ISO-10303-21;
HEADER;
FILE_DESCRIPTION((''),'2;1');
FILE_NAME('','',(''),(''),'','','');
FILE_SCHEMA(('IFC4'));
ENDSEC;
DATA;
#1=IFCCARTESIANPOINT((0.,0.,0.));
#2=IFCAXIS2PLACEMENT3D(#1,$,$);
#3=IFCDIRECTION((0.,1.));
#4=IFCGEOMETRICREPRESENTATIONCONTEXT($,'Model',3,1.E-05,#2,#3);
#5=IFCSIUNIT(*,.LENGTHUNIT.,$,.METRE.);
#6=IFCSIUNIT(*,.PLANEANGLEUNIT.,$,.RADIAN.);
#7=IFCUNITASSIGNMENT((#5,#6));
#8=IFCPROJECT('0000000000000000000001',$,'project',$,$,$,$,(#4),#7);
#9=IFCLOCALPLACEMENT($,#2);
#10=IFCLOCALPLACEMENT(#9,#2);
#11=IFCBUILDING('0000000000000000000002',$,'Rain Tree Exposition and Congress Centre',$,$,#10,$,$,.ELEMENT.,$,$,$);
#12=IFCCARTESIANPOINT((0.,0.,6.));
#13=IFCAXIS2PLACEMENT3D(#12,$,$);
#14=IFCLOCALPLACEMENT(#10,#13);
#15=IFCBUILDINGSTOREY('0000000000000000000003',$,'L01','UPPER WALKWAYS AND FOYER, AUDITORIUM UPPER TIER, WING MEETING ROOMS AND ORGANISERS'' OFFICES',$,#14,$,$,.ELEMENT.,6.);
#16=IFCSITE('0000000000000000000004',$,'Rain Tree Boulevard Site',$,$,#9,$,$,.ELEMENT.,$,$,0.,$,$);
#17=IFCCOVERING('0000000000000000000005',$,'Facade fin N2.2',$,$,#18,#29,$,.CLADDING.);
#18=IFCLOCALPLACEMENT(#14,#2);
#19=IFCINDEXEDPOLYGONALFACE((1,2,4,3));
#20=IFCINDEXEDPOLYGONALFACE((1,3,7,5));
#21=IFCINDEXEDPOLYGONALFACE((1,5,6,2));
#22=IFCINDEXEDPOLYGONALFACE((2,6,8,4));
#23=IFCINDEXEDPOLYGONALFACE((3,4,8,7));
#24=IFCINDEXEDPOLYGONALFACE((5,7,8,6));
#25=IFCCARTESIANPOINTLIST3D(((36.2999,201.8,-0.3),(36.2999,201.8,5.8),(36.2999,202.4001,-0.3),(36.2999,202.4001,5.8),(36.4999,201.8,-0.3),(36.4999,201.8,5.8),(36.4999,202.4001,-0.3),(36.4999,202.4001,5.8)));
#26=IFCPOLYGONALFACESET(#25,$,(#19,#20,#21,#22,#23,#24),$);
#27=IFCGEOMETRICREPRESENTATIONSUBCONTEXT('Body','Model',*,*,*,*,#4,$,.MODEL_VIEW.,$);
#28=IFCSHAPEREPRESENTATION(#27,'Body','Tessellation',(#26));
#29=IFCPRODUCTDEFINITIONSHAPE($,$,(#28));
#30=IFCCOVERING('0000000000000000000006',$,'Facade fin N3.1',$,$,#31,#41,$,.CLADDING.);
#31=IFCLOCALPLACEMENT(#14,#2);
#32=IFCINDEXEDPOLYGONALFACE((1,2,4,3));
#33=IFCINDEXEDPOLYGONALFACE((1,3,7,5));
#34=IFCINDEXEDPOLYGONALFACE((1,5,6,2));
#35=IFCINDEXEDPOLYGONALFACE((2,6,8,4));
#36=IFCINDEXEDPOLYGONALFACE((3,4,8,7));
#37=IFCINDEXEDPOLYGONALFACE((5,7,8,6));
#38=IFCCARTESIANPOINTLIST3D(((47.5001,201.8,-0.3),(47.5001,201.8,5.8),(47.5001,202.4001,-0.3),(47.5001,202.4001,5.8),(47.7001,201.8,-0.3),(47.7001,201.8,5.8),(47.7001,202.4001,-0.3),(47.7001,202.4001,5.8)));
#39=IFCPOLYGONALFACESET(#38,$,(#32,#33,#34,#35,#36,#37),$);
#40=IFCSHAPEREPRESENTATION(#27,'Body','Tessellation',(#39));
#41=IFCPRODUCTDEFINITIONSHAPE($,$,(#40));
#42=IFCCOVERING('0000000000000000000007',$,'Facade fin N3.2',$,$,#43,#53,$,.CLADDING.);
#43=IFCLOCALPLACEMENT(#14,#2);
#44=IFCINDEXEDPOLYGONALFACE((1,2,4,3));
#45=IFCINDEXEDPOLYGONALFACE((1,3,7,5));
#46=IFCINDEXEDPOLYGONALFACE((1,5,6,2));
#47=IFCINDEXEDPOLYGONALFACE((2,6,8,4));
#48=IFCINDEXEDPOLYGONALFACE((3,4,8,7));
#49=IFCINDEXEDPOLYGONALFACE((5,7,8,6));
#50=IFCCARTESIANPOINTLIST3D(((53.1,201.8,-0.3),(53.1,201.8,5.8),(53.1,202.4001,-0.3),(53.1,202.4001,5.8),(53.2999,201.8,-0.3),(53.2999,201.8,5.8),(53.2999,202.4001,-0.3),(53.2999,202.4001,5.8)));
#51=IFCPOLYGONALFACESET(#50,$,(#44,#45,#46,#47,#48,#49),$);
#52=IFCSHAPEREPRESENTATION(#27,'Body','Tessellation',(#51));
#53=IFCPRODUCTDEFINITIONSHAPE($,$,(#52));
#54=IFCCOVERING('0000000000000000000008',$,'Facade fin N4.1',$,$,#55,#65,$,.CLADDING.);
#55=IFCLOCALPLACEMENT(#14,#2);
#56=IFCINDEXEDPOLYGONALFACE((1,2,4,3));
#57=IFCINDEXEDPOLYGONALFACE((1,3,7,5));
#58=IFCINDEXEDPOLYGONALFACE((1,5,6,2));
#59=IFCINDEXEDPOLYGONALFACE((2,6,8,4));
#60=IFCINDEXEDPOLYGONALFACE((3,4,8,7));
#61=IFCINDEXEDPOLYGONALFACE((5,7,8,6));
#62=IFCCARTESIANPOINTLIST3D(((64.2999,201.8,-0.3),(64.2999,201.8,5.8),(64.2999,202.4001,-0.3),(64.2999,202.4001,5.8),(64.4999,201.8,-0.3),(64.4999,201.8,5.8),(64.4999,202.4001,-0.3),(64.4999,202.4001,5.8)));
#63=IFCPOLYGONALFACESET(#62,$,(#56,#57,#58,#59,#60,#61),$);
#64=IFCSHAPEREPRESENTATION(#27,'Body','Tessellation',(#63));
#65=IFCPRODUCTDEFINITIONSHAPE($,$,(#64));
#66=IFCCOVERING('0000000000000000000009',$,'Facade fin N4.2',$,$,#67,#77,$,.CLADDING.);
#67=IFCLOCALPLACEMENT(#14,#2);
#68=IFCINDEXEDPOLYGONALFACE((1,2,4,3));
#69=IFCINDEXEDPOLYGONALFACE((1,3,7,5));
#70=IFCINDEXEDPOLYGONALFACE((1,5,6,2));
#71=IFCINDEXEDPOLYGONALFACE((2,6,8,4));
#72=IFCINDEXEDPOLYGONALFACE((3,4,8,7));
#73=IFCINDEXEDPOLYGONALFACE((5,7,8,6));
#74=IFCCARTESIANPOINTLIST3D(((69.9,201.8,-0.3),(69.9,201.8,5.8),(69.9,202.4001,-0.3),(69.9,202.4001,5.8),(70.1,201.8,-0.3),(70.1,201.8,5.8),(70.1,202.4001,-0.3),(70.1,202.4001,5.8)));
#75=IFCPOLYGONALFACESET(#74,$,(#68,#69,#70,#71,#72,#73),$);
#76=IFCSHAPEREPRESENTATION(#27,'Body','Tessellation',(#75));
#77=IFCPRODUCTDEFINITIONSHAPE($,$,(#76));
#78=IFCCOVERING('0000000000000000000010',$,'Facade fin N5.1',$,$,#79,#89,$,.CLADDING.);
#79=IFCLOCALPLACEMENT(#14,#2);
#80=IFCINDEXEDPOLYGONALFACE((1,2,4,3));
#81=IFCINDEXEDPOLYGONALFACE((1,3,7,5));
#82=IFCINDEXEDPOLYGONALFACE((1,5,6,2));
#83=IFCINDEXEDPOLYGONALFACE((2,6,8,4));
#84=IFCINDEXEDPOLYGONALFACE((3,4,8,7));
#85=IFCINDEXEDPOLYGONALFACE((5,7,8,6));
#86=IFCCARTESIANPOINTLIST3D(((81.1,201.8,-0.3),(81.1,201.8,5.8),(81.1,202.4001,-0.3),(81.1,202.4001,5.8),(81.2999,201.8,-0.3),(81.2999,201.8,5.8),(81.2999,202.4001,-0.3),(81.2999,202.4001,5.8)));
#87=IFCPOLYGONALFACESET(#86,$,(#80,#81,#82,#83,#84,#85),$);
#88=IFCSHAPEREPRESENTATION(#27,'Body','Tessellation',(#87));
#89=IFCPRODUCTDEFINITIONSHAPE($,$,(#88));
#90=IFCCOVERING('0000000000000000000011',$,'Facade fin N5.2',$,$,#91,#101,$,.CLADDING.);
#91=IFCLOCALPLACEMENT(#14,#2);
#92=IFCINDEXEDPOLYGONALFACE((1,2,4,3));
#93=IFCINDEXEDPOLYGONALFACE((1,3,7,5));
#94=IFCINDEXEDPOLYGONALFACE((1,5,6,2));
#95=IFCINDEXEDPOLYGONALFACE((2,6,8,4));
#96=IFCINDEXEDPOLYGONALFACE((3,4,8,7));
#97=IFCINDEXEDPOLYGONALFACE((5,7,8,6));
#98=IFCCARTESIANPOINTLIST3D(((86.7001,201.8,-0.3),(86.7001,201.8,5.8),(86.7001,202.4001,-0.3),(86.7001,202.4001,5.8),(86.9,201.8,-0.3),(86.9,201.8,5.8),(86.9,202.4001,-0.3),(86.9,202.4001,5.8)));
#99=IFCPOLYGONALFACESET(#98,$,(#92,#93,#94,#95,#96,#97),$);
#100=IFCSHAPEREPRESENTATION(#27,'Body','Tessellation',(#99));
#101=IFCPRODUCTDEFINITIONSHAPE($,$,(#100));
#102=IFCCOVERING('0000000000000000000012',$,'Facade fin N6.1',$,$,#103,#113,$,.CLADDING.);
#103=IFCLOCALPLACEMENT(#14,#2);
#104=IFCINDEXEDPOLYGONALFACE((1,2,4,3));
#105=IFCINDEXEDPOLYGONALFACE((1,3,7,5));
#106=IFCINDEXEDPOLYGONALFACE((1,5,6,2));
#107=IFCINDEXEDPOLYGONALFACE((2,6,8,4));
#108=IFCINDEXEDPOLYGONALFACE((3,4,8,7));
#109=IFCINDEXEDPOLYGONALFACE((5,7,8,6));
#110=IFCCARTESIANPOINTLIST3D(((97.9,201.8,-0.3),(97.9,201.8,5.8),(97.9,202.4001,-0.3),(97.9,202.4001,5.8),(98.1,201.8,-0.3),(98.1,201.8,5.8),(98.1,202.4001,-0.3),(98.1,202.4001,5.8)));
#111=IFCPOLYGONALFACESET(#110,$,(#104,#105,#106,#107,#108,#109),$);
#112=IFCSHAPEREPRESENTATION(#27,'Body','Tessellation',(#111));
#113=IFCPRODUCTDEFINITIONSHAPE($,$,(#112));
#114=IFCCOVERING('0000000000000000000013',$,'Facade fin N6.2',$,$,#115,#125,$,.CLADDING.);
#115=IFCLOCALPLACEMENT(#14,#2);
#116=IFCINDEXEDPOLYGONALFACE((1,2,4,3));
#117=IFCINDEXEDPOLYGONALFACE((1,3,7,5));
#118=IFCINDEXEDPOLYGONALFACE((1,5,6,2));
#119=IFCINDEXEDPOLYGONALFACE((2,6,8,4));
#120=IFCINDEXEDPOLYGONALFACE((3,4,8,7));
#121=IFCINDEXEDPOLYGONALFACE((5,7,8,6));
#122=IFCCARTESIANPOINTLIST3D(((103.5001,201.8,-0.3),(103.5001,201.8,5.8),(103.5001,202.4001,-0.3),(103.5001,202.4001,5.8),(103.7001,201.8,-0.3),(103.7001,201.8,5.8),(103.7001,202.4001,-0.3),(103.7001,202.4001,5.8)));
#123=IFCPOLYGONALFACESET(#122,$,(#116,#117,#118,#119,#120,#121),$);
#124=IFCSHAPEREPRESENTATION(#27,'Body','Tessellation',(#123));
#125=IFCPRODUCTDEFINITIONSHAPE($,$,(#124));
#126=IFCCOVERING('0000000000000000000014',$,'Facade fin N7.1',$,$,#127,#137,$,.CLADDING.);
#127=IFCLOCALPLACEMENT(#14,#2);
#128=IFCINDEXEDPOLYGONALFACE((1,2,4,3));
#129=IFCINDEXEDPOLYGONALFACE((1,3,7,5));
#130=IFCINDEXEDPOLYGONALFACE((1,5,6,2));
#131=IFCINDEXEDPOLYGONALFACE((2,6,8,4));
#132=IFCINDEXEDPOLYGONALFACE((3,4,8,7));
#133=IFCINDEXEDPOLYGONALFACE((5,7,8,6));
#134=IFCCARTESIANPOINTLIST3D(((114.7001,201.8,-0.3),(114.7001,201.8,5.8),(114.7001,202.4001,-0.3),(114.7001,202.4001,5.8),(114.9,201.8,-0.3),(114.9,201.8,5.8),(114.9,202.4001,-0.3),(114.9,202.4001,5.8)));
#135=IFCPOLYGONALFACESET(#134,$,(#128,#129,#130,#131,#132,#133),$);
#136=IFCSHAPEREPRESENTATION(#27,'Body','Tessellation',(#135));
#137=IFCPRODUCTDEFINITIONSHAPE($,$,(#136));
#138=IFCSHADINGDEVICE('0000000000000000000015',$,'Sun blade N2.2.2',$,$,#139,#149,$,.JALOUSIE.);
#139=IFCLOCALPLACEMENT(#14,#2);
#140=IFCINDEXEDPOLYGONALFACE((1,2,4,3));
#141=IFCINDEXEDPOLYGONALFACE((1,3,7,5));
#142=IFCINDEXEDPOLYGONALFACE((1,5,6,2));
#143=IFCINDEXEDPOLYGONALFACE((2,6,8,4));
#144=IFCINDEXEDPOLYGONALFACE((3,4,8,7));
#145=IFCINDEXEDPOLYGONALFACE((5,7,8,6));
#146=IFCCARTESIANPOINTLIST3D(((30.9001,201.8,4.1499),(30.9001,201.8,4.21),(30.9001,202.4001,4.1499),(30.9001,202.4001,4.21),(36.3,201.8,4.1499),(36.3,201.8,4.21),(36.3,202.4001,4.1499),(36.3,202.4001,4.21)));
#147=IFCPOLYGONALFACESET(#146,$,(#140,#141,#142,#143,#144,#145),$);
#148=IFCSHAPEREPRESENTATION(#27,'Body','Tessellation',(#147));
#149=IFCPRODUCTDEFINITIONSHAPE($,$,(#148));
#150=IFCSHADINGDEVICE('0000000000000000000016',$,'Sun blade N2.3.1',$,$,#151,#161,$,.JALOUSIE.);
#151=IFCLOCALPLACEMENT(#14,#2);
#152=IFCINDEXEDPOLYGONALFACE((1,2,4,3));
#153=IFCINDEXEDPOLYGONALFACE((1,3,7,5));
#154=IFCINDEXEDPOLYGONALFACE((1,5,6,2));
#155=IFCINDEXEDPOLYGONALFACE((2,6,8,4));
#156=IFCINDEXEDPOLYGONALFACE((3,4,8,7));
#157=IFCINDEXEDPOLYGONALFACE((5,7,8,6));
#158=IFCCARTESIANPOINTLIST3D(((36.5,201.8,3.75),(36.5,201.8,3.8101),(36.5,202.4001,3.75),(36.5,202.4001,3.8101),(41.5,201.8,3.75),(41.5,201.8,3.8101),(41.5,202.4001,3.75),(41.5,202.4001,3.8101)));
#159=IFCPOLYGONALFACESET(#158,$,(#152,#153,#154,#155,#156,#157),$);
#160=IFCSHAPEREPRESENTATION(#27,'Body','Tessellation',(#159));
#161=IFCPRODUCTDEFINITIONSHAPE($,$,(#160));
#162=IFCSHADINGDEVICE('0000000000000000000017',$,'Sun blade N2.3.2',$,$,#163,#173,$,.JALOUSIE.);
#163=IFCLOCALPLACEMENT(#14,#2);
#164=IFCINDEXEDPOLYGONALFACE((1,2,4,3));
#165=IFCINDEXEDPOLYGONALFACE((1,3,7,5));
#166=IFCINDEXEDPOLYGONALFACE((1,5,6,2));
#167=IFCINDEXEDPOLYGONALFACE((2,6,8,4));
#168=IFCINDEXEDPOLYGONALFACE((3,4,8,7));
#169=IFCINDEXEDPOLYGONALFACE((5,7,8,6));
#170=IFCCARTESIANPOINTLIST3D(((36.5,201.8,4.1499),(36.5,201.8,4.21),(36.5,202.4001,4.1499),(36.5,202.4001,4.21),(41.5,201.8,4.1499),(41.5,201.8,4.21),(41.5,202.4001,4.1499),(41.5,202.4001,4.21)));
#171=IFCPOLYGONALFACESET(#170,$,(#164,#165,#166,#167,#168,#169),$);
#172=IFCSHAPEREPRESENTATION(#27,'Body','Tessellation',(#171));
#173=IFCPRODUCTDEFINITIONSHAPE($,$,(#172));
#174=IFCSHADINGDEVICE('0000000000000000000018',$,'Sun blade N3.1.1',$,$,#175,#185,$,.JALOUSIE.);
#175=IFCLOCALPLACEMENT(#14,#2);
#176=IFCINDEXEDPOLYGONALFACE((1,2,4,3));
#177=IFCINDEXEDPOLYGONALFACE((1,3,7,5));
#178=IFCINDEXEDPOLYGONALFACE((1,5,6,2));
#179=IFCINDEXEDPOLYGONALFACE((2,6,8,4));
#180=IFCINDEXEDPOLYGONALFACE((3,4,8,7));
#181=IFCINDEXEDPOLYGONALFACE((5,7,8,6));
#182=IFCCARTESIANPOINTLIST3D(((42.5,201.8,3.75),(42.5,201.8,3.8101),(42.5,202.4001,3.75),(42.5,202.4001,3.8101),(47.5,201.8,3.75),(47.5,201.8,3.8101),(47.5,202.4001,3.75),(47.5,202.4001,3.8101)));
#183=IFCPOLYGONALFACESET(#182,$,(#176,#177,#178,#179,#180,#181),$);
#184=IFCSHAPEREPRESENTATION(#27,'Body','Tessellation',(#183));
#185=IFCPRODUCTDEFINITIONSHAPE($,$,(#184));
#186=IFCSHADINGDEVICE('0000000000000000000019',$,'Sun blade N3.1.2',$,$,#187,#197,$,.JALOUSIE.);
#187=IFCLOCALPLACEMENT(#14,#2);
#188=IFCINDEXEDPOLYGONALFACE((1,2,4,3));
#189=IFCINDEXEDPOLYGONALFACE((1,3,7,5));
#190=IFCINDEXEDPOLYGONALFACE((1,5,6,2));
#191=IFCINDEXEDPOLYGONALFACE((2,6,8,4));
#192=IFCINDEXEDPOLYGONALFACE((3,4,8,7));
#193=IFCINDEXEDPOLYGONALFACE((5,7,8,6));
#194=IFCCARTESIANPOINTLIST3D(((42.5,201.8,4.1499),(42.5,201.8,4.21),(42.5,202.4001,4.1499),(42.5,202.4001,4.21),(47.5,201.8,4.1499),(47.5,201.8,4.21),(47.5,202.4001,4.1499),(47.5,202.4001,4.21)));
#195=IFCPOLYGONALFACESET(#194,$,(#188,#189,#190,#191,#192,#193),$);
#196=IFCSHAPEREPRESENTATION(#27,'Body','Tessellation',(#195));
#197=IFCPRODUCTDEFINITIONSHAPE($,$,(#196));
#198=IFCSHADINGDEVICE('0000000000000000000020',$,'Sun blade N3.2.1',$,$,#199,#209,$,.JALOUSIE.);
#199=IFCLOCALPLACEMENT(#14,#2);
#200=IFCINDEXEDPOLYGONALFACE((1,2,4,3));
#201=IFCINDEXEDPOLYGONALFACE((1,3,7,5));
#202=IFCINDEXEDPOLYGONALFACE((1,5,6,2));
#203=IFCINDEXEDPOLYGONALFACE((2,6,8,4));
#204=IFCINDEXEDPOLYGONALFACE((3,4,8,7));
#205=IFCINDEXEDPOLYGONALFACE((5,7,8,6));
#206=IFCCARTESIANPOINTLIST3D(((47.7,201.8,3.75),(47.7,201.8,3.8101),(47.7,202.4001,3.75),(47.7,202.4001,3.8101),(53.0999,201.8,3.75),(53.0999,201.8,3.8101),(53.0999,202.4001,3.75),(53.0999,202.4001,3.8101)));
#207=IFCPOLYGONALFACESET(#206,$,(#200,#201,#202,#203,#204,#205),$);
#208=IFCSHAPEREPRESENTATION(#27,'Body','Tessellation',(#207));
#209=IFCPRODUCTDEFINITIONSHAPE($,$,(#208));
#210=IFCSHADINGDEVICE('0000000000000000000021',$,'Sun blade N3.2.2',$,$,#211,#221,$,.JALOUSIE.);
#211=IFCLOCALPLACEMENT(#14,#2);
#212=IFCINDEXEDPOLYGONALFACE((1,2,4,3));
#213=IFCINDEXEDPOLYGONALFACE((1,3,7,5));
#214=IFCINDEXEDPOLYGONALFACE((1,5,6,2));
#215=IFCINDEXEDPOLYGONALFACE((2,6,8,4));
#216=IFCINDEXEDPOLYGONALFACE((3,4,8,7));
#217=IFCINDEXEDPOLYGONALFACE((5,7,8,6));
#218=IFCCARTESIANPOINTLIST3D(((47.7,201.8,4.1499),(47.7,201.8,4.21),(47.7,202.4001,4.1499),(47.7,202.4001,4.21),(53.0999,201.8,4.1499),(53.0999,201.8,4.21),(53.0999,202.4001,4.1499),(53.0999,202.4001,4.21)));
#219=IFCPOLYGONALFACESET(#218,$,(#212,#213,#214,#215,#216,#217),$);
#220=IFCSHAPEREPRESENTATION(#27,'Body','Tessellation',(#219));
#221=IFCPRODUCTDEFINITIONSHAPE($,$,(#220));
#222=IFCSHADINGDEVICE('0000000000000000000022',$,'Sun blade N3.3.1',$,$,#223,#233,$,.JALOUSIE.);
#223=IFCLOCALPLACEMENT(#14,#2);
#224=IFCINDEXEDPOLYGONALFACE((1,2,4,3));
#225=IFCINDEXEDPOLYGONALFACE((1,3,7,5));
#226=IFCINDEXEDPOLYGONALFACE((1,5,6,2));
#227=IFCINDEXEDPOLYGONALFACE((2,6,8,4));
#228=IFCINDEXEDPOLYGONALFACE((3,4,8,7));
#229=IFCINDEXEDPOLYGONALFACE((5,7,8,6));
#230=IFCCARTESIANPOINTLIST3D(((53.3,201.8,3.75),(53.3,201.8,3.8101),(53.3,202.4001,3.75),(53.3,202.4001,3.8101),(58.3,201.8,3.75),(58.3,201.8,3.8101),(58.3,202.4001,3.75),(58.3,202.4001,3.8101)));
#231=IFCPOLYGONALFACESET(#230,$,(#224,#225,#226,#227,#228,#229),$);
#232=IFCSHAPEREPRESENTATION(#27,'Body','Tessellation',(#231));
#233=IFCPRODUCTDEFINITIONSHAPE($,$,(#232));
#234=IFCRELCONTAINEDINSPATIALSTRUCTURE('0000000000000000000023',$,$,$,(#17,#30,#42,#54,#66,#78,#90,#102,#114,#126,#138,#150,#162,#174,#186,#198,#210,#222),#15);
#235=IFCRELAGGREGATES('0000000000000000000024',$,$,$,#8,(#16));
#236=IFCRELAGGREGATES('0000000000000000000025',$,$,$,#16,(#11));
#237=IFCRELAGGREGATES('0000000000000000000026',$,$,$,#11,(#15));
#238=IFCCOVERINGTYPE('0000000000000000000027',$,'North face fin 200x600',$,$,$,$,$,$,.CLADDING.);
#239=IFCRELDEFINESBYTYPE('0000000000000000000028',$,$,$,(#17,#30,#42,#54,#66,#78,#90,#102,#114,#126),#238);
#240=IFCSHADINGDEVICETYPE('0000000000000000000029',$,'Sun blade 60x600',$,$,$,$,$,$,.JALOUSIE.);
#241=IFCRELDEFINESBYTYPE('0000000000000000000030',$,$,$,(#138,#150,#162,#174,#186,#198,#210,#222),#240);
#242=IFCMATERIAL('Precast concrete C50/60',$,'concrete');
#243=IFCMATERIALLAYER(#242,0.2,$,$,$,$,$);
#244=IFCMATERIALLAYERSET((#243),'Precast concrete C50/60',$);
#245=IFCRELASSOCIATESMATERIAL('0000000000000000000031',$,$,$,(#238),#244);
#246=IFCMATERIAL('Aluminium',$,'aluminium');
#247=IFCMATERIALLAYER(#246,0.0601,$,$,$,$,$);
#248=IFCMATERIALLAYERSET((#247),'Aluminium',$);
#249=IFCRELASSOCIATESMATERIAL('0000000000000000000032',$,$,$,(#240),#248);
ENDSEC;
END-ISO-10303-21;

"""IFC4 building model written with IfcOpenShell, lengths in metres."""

from ifc_helpers import new_model, si_unit, direction, frame, origin, origin_2d, place, context, subcontext, project, spatial, rectangle, extrude, material, layer, layer_set, type_object, element, save


model = new_model("IFC4")

# Units and contexts
model_context = context("Model", 3, precision=1e-05, world=origin(), true_north=direction((0.0, 1.0)))
body_context = subcontext(model_context, "Body", "Model", "MODEL_VIEW")
ifc_project = project(units=[si_unit("LENGTHUNIT", "METRE"), si_unit("PLANEANGLEUNIT", "RADIAN")], contexts=[model_context])

# Site, building, storey
site_placement = place(None, origin())
site = spatial("IfcSite", under=ifc_project, at=site_placement, Name="Rain Tree Boulevard Site", CompositionType="ELEMENT", RefElevation=0.0)
building_placement = place(site_placement, origin())
building = spatial("IfcBuilding", under=site, at=building_placement, Name="Rain Tree Exposition and Congress Centre", CompositionType="ELEMENT")
storey_placement = place(building_placement, frame((0.0, 0.0, 6.0)))
storey = spatial("IfcBuildingStorey", under=building, at=storey_placement, Name="L01", Description="UPPER WALKWAYS AND FOYER, AUDITORIUM UPPER TIER, WING MEETING ROOMS AND ORGANISERS' OFFICES", CompositionType="ELEMENT", Elevation=6.0)

# Coverings
ifc_material_1 = material(Name="Precast concrete C50/60", Category="concrete")
ifc_layer_1 = layer(ifc_material_1, 0.2)
ifc_layer_set_1 = layer_set([ifc_layer_1], Name="Precast concrete C50/60")
covering_type = type_object("IfcCoveringType", Name="North face fin 200x600", PredefinedType="CLADDING", material=ifc_layer_set_1)
for number, where, z_axis, x_axis, name in (
    (1, (36.3999, 202.1001, -0.3), (0.0, 0.0, 1.0), (1.0, 0.0, 0.0), "Facade fin N2.2"),
    (2, (47.6001, 202.1001, -0.3), (0.0, 0.0, 1.0), (1.0, 0.0, 0.0), "Facade fin N3.1"),
    (3, (53.2, 202.1001, -0.3), (0.0, 0.0, 1.0), (1.0, 0.0, 0.0), "Facade fin N3.2"),
    (4, (64.3999, 202.1001, -0.3), (0.0, 0.0, 1.0), (1.0, 0.0, 0.0), "Facade fin N4.1"),
    (5, (70.0, 202.1001, -0.3), (0.0, 0.0, 1.0), (1.0, 0.0, 0.0), "Facade fin N4.2"),
    (6, (81.2, 202.1001, -0.3), (0.0, 0.0, 1.0), (1.0, 0.0, 0.0), "Facade fin N5.1"),
    (7, (86.8, 202.1001, -0.3), (0.0, 0.0, 1.0), (1.0, 0.0, 0.0), "Facade fin N5.2"),
    (8, (98.0, 202.1001, -0.3), (0.0, 0.0, 1.0), (1.0, 0.0, 0.0), "Facade fin N6.1"),
    (9, (103.6001, 202.1001, -0.3), (0.0, 0.0, 1.0), (1.0, 0.0, 0.0), "Facade fin N6.2"),
    (10, (114.8, 202.1001, -0.3), (0.0, 0.0, 1.0), (1.0, 0.0, 0.0), "Facade fin N7.1"),
):
    element("IfcCovering", number, at=place(storey_placement, frame(where, z_axis=z_axis, x_axis=x_axis)), inside=storey, type_object=covering_type, Name=name, PredefinedType="CLADDING", context=body_context, shape_type="SweptSolid", body=[
        extrude(rectangle(XDim=0.2, YDim=0.6001, at=origin_2d()), origin(), (0.0, 0.0, 1.0), 6.1001),
    ])

# Shading devices
ifc_material_2 = material(Name="Aluminium", Category="aluminium")
ifc_layer_2 = layer(ifc_material_2, 0.0601)
ifc_layer_set_2 = layer_set([ifc_layer_2], Name="Aluminium")
shading_device_type = type_object("IfcShadingDeviceType", Name="Sun blade 60x600", PredefinedType="JALOUSIE", material=ifc_layer_set_2)
shading_device_placement = place(storey_placement, frame((33.6001, 202.1001, 4.1499), z_axis=(0.0, 0.0, 1.0), x_axis=(1.0, 0.0, 0.0)))
element("IfcShadingDevice", 11, at=shading_device_placement, inside=storey, type_object=shading_device_type, Name="Sun blade N2.2.2", PredefinedType="JALOUSIE", context=body_context, shape_type="SweptSolid", body=[
    extrude(rectangle(XDim=5.3999, YDim=0.6001, at=origin_2d()), origin(), (0.0, 0.0, 1.0), 0.0601),
])
for number, where, z_axis, x_axis, name in (
    (12, (39.0, 202.1001, 3.75), (0.0, 0.0, 1.0), (1.0, 0.0, 0.0), "Sun blade N2.3.1"),
    (13, (39.0, 202.1001, 4.1499), (0.0, 0.0, 1.0), (1.0, 0.0, 0.0), "Sun blade N2.3.2"),
    (14, (45.0, 202.1001, 3.75), (0.0, 0.0, 1.0), (1.0, 0.0, 0.0), "Sun blade N3.1.1"),
    (15, (45.0, 202.1001, 4.1499), (0.0, 0.0, 1.0), (1.0, 0.0, 0.0), "Sun blade N3.1.2"),
):
    element("IfcShadingDevice", number, at=place(storey_placement, frame(where, z_axis=z_axis, x_axis=x_axis)), inside=storey, type_object=shading_device_type, Name=name, PredefinedType="JALOUSIE", context=body_context, shape_type="SweptSolid", body=[
        extrude(rectangle(XDim=5.0, YDim=0.6001, at=origin_2d()), origin(), (0.0, 0.0, 1.0), 0.0601),
    ])
for number, where, z_axis, x_axis, name in (
    (16, (50.3999, 202.1001, 3.75), (0.0, 0.0, 1.0), (1.0, 0.0, 0.0), "Sun blade N3.2.1"),
    (17, (50.3999, 202.1001, 4.1499), (0.0, 0.0, 1.0), (1.0, 0.0, 0.0), "Sun blade N3.2.2"),
):
    element("IfcShadingDevice", number, at=place(storey_placement, frame(where, z_axis=z_axis, x_axis=x_axis)), inside=storey, type_object=shading_device_type, Name=name, PredefinedType="JALOUSIE", context=body_context, shape_type="SweptSolid", body=[
        extrude(rectangle(XDim=5.3999, YDim=0.6001, at=origin_2d()), origin(), (0.0, 0.0, 1.0), 0.0601),
    ])
for number, where, z_axis, x_axis, name in (
    (18, (55.8, 202.1001, 3.75), (0.0, 0.0, 1.0), (1.0, 0.0, 0.0), "Sun blade N3.3.1"),
):
    element("IfcShadingDevice", number, at=place(storey_placement, frame(where, z_axis=z_axis, x_axis=x_axis)), inside=storey, type_object=shading_device_type, Name=name, PredefinedType="JALOUSIE", context=body_context, shape_type="SweptSolid", body=[
        extrude(rectangle(XDim=5.0, YDim=0.6001, at=origin_2d()), origin(), (0.0, 0.0, 1.0), 0.0601),
    ])

save(model, "model.ifc")
